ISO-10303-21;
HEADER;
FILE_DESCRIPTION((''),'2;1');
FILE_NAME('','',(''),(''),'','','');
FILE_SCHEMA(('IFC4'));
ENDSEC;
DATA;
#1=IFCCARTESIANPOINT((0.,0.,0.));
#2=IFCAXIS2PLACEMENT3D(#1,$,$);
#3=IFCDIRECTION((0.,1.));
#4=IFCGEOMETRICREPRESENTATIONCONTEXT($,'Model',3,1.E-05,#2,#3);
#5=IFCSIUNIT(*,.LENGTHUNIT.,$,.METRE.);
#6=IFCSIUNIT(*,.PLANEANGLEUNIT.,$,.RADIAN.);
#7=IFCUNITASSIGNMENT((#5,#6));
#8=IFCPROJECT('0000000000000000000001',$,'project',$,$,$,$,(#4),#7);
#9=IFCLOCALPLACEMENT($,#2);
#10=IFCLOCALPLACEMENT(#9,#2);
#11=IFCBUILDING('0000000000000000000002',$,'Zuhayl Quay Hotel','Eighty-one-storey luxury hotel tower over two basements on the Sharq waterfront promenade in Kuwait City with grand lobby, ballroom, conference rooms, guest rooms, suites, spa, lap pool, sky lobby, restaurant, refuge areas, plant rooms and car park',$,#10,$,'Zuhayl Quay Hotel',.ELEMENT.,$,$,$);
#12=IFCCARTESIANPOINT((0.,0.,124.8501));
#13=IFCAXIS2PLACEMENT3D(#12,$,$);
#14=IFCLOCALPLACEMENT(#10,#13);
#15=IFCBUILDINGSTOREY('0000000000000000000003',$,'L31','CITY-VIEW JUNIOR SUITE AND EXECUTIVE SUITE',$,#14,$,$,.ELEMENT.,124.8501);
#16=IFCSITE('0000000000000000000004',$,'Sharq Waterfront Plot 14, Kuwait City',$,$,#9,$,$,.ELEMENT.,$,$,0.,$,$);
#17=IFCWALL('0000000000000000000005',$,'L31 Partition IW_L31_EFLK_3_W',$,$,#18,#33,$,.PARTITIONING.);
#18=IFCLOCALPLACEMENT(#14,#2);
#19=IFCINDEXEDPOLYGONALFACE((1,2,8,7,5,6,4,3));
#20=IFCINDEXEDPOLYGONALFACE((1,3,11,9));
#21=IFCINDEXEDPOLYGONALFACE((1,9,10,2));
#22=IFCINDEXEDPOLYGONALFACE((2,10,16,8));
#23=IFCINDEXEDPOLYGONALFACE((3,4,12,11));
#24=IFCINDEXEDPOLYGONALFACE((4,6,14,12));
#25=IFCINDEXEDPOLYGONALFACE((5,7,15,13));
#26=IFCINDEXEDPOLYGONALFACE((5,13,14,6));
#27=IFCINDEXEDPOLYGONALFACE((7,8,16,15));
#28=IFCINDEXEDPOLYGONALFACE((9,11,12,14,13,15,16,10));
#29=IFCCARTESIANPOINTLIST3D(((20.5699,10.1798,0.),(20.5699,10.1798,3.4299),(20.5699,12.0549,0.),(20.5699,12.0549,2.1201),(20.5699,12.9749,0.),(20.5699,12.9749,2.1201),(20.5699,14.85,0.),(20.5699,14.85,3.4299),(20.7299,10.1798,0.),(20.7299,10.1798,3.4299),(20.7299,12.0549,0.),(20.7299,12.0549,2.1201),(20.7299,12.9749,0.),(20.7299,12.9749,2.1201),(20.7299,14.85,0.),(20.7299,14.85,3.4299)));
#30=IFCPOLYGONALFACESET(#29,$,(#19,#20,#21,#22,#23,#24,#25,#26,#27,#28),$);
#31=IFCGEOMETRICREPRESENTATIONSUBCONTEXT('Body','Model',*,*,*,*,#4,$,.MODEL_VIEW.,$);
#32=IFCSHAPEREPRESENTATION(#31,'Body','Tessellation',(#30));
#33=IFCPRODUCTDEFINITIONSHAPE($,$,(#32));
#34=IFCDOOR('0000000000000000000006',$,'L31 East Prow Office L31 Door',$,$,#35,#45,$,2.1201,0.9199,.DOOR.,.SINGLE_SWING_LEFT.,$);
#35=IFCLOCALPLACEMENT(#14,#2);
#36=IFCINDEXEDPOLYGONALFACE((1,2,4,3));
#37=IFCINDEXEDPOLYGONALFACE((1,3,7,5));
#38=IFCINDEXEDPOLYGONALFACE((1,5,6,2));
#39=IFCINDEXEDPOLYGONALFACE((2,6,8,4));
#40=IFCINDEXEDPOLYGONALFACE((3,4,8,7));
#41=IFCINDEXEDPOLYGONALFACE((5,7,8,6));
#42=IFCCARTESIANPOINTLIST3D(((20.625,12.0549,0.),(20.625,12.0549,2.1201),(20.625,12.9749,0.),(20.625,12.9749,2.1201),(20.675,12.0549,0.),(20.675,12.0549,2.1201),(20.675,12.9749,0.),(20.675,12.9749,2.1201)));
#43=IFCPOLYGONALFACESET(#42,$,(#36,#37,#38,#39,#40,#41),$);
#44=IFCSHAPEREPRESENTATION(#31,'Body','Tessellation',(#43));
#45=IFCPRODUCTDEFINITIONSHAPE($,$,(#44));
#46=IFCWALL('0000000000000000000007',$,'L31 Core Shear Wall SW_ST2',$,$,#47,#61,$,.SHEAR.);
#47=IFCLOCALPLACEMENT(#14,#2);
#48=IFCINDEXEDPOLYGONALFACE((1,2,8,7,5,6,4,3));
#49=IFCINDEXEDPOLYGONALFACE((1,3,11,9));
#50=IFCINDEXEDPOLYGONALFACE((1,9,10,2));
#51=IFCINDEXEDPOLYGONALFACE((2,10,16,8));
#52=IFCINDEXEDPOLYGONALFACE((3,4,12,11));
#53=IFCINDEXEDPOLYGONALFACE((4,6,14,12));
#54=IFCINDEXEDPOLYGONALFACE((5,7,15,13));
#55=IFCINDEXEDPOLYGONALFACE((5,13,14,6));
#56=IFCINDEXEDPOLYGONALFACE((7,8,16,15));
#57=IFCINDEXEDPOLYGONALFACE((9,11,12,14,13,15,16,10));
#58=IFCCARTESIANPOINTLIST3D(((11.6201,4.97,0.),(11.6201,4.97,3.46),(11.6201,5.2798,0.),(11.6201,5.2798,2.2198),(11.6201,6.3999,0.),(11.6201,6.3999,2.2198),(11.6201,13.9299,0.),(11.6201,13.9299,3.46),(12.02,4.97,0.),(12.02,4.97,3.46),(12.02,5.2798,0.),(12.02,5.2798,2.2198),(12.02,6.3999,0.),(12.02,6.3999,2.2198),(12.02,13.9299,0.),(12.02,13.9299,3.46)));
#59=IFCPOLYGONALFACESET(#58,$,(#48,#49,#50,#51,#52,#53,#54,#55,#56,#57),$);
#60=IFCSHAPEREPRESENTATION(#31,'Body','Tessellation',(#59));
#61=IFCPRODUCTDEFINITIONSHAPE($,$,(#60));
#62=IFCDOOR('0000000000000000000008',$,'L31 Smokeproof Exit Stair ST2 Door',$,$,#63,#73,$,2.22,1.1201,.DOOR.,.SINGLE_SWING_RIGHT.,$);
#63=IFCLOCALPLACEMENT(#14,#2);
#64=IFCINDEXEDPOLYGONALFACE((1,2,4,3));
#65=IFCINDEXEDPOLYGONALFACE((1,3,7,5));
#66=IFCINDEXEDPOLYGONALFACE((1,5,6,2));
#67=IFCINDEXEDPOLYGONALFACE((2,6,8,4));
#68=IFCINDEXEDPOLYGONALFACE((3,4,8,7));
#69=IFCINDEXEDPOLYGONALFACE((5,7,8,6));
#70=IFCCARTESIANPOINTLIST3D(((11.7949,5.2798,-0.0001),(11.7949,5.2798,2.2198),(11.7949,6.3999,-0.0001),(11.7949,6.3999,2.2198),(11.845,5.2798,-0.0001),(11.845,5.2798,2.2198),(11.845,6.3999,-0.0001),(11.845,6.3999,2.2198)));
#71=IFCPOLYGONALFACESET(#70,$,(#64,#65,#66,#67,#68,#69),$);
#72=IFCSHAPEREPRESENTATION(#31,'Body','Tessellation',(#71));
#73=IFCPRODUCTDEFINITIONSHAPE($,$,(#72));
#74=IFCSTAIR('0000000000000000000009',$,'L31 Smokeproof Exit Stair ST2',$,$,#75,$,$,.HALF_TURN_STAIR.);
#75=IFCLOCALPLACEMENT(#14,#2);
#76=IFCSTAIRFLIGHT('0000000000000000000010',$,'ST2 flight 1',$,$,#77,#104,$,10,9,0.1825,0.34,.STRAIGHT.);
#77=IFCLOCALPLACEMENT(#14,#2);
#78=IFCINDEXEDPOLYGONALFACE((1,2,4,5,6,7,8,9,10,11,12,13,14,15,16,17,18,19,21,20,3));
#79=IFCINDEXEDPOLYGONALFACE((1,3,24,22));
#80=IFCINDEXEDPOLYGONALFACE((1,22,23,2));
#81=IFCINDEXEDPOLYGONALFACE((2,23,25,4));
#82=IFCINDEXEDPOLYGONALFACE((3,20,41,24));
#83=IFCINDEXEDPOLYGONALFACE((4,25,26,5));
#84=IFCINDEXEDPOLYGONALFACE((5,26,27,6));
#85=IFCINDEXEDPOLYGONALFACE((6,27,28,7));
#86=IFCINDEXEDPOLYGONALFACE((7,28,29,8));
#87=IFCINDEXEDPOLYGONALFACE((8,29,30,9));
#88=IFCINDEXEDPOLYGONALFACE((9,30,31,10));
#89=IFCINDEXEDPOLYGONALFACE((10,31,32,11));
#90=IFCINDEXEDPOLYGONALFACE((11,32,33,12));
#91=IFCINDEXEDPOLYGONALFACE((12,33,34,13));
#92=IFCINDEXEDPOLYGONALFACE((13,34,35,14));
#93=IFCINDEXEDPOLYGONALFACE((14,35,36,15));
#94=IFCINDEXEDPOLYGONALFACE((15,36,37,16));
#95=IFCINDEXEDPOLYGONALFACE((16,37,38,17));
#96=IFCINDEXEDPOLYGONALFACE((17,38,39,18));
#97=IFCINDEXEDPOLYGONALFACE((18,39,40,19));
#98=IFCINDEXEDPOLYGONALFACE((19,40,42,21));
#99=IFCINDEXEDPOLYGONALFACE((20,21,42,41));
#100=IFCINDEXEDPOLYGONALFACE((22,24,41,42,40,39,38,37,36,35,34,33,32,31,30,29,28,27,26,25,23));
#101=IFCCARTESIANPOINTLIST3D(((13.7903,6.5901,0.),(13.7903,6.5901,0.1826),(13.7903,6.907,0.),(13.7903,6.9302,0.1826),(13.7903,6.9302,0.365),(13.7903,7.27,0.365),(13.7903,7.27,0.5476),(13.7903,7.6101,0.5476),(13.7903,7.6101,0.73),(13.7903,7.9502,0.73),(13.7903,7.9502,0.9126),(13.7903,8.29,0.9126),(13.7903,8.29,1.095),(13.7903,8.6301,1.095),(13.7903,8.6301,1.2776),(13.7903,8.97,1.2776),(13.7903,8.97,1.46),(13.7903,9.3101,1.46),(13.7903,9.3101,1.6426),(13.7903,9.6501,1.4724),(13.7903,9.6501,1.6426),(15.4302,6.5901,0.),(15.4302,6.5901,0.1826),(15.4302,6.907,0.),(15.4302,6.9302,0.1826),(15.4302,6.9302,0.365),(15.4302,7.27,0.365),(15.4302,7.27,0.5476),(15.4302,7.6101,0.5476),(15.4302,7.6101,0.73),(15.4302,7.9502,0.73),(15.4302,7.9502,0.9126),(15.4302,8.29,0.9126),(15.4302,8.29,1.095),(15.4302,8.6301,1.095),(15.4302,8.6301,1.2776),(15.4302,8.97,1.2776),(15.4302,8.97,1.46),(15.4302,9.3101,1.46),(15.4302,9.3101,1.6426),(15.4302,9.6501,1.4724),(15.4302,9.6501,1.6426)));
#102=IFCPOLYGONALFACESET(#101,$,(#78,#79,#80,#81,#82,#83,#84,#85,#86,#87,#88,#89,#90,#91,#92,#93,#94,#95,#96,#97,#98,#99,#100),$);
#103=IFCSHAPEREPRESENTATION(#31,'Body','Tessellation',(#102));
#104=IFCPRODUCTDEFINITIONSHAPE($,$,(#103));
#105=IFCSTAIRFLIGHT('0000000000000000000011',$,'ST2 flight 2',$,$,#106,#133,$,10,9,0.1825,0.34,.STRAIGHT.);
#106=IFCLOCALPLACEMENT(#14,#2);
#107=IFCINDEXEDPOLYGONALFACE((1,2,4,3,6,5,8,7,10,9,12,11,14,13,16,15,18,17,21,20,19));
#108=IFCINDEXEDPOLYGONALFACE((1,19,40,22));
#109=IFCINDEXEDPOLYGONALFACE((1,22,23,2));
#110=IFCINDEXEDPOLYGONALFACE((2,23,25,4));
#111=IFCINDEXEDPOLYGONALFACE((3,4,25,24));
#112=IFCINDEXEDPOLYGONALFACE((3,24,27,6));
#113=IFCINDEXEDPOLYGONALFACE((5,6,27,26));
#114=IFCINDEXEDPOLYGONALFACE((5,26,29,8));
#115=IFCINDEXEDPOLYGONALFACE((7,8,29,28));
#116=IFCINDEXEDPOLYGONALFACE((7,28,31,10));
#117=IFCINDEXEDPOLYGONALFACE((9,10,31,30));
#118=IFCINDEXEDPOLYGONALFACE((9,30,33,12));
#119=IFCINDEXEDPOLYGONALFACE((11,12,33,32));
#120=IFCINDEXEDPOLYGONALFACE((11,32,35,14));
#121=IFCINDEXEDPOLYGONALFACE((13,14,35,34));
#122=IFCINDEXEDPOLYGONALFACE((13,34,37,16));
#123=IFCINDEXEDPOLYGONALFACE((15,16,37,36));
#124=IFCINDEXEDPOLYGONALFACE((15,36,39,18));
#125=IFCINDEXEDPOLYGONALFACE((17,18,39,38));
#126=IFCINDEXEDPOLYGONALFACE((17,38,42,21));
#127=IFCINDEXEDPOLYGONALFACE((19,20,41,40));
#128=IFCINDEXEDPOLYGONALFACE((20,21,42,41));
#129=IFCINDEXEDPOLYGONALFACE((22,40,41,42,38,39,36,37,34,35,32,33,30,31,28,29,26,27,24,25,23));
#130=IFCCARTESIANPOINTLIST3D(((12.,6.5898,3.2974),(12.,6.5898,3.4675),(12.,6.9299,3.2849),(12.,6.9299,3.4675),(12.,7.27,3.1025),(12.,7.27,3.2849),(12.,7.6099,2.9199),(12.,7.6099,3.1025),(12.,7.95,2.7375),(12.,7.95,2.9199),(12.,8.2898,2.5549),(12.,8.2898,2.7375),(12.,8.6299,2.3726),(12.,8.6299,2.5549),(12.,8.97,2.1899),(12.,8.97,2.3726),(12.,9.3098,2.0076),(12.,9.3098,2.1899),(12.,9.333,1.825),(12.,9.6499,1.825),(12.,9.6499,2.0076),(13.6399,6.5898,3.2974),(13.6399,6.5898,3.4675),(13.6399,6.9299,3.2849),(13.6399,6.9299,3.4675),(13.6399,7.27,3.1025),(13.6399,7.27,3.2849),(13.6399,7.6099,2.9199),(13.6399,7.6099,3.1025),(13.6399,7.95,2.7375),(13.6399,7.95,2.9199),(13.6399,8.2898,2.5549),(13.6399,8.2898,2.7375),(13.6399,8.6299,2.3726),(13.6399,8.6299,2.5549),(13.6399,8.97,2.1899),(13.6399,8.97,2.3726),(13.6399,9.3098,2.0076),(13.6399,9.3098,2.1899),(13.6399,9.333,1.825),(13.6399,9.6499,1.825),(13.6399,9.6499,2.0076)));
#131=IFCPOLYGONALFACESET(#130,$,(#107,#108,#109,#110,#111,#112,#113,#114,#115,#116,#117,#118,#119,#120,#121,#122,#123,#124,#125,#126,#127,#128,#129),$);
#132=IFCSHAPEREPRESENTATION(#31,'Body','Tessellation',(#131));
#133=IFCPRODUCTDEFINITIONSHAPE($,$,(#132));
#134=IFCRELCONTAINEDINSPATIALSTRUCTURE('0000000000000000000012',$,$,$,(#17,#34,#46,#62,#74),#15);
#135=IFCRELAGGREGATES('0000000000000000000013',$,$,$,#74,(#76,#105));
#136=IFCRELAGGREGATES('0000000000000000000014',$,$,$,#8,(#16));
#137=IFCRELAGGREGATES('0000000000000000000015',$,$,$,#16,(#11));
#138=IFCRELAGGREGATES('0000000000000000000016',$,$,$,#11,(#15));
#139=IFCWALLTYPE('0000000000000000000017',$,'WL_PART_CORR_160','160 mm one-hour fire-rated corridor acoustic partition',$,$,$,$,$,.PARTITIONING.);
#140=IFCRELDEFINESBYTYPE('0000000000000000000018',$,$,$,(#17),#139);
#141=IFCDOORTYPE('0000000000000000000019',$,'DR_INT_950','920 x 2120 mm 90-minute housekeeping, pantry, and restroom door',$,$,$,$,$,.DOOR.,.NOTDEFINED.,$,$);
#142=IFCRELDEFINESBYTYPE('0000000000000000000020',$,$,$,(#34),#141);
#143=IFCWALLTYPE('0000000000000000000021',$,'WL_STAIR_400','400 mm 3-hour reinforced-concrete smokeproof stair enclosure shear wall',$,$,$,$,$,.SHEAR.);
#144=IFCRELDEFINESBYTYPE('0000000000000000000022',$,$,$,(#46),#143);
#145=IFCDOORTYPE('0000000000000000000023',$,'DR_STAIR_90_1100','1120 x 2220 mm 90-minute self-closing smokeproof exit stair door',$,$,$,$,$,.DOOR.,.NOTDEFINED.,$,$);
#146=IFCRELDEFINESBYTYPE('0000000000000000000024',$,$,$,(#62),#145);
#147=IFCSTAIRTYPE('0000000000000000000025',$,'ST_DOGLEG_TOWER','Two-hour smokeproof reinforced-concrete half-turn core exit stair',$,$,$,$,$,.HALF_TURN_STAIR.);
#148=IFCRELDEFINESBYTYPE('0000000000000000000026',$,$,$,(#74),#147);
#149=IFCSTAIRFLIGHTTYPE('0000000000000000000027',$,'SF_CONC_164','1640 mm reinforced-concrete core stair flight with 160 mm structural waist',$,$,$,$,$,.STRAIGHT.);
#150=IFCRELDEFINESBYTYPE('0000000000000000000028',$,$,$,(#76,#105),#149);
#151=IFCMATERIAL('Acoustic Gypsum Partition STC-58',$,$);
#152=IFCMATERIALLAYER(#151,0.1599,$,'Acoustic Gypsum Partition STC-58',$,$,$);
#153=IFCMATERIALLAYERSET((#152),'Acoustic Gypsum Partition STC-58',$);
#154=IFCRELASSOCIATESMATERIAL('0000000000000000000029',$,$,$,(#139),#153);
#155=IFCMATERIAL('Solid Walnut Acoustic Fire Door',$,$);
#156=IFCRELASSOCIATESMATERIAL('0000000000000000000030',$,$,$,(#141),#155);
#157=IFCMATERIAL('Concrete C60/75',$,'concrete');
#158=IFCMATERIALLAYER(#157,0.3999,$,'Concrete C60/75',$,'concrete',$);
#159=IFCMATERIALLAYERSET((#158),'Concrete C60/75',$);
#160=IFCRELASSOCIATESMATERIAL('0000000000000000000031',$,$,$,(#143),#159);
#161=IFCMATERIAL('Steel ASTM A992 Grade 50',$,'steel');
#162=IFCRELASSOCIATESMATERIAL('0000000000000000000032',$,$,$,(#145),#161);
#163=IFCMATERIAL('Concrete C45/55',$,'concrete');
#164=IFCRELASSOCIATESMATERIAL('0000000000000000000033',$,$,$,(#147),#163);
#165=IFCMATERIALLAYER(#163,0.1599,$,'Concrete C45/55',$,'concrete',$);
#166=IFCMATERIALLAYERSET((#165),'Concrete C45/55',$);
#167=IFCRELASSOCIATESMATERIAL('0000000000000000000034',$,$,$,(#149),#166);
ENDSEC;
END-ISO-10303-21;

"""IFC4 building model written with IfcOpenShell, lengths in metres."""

from ifc_helpers import new_model, si_unit, direction, frame, frame_2d, origin, place, context, subcontext, project, spatial, polyline, rectangle, outline, extrude, material, layer, layer_set, type_object, element, fill, aggregate, save


model = new_model("IFC4")

# Units and contexts
model_context = context("Model", 3, precision=1e-05, world=origin(), true_north=direction((0.0, 1.0)))
body_context = subcontext(model_context, "Body", "Model", "MODEL_VIEW")
ifc_project = project(units=[si_unit("LENGTHUNIT", "METRE"), si_unit("PLANEANGLEUNIT", "RADIAN")], contexts=[model_context])

# Site, building, storey
site_placement = place(None, origin())
site = spatial("IfcSite", under=ifc_project, at=site_placement, Name="Sharq Waterfront Plot 14, Kuwait City", CompositionType="ELEMENT", RefElevation=0.0)
building_placement = place(site_placement, origin())
building = spatial("IfcBuilding", under=site, at=building_placement, Name="Zuhayl Quay Hotel", Description="Eighty-one-storey luxury hotel tower over two basements on the Sharq waterfront promenade in Kuwait City with grand lobby, ballroom, conference rooms, guest rooms, suites, spa, lap pool, sky lobby, restaurant, refuge areas, plant rooms and car park", LongName="Zuhayl Quay Hotel", CompositionType="ELEMENT")
storey_placement = place(building_placement, frame((0.0, 0.0, 124.8501)))
storey = spatial("IfcBuildingStorey", under=building, at=storey_placement, Name="L31", Description="CITY-VIEW JUNIOR SUITE AND EXECUTIVE SUITE", CompositionType="ELEMENT", Elevation=124.8501)

# Shared definitions
ifc_material_1 = material(Name="Steel ASTM A992 Grade 50", Category="steel")

# Shared definitions
ifc_material_2 = material(Name="Concrete C60/75", Category="concrete")
ifc_material_3 = material(Name="Acoustic Gypsum Partition STC-58")

# Walls, openings, doors
ifc_layer_1 = layer(ifc_material_3, 0.1599, Name="Acoustic Gypsum Partition STC-58")
ifc_layer_set_1 = layer_set([ifc_layer_1], Name="Acoustic Gypsum Partition STC-58")
wall_type_1 = type_object("IfcWallType", Name="WL_PART_CORR_160", Description="160 mm one-hour fire-rated corridor acoustic partition", PredefinedType="PARTITIONING", material=ifc_layer_set_1)
ifc_material_4 = material(Name="Solid Walnut Acoustic Fire Door")
door_type_1 = type_object("IfcDoorType", Name="DR_INT_950", Description="920 x 2120 mm 90-minute housekeeping, pantry, and restroom door", OperationType="NOTDEFINED", PredefinedType="DOOR", material=ifc_material_4)
wall_1_placement = place(storey_placement, frame((20.6499, 10.1799, 0.0), z_axis=(0.0, 0.0, 1.0), x_axis=(0.0, 1.0, 0.0)))
wall_1 = element("IfcWall", 1, at=wall_1_placement, inside=storey, type_object=wall_type_1, Name="L31 Partition IW_L31_EFLK_3_W", PredefinedType="PARTITIONING", context=body_context, shape_type="SweptSolid", body=[
    extrude(rectangle(XDim=4.6702, YDim=0.1599, at=frame_2d((2.335, 0.0))), origin(), (0.0, 0.0, 1.0), 3.4299),
])
opening_1_placement = place(wall_1_placement, frame((1.875, 0.0, 0.0)))
opening_1 = element("IfcOpeningElement", 2, at=opening_1_placement, cuts=wall_1, PredefinedType="OPENING", context=body_context, shape_type="SweptSolid", body=[
    extrude(rectangle(XDim=0.9199, YDim=2.1201, at=frame_2d((0.46, 1.0601))), frame((0.0, 0.0898, 0.0), z_axis=(0.0, -1.0, 0.0), x_axis=(1.0, 0.0, 0.0)), (0.0, 0.0, 1.0), 0.1799),
])
door_1_placement = place(opening_1_placement, origin())
door_1 = element("IfcDoor", 3, at=door_1_placement, inside=storey, type_object=door_type_1, Name="L31 East Prow Office L31 Door", OperationType="SINGLE_SWING_LEFT", OverallHeight=2.1201, OverallWidth=0.9199, PredefinedType="DOOR", context=body_context, shape_type="SweptSolid", body=[
    extrude(rectangle(XDim=0.9199, YDim=2.1201, at=frame_2d((0.46, 1.0601))), frame((0.0, 0.0249, 0.0), z_axis=(0.0, -1.0, 0.0), x_axis=(1.0, 0.0, 0.0)), (0.0, 0.0, 1.0), 0.05),
])
fill(opening_1, door_1)
ifc_layer_2 = layer(ifc_material_2, 0.3999, Name="Concrete C60/75", Category="concrete")
ifc_layer_set_2 = layer_set([ifc_layer_2], Name="Concrete C60/75")
wall_type_2 = type_object("IfcWallType", Name="WL_STAIR_400", Description="400 mm 3-hour reinforced-concrete smokeproof stair enclosure shear wall", PredefinedType="SHEAR", material=ifc_layer_set_2)
wall_2_placement = place(storey_placement, frame((11.8201, 13.9299, 0.0), z_axis=(0.0, 0.0, 1.0), x_axis=(0.0, -1.0, 0.0)))
wall_2 = element("IfcWall", 4, at=wall_2_placement, inside=storey, type_object=wall_type_2, Name="L31 Core Shear Wall SW_ST2", PredefinedType="SHEAR", context=body_context, shape_type="SweptSolid", body=[
    extrude(rectangle(XDim=8.96, YDim=0.3999, at=frame_2d((4.48, 0.0))), origin(), (0.0, 0.0, 1.0), 3.46),
])
opening_2_placement = place(wall_2_placement, frame((7.53, 0.0, 0.0)))
opening_2 = element("IfcOpeningElement", 5, at=opening_2_placement, cuts=wall_2, PredefinedType="OPENING", context=body_context, shape_type="SweptSolid", body=[
    extrude(rectangle(XDim=1.1201, YDim=2.22, at=frame_2d((0.5601, 1.1099))), frame((0.0, 0.21, 0.0), z_axis=(0.0, -1.0, 0.0), x_axis=(1.0, 0.0, 0.0)), (0.0, 0.0, 1.0), 0.4199),
])
door_type_2 = type_object("IfcDoorType", Name="DR_STAIR_90_1100", Description="1120 x 2220 mm 90-minute self-closing smokeproof exit stair door", OperationType="NOTDEFINED", PredefinedType="DOOR", material=ifc_material_1)
door_2_placement = place(opening_2_placement, origin())
door_2 = element("IfcDoor", 6, at=door_2_placement, inside=storey, type_object=door_type_2, Name="L31 Smokeproof Exit Stair ST2 Door", OperationType="SINGLE_SWING_RIGHT", OverallHeight=2.22, OverallWidth=1.1201, PredefinedType="DOOR", context=body_context, shape_type="SweptSolid", body=[
    extrude(rectangle(XDim=1.1201, YDim=2.22, at=frame_2d((0.5601, 1.1099))), frame((0.0, 0.0249, 0.0), z_axis=(0.0, -1.0, 0.0), x_axis=(1.0, 0.0, 0.0)), (0.0, 0.0, 1.0), 0.05),
])
fill(opening_2, door_2)

# Stair, stair flights
ifc_material_5 = material(Name="Concrete C45/55", Category="concrete")
stair_type = type_object("IfcStairType", Name="ST_DOGLEG_TOWER", Description="Two-hour smokeproof reinforced-concrete half-turn core exit stair", PredefinedType="HALF_TURN_STAIR", material=ifc_material_5)
stair_placement = place(storey_placement, origin())
stair = element("IfcStair", 7, at=stair_placement, inside=storey, type_object=stair_type, Name="L31 Smokeproof Exit Stair ST2", PredefinedType="HALF_TURN_STAIR")
ifc_layer_3 = layer(ifc_material_5, 0.1599, Name="Concrete C45/55", Category="concrete")
ifc_layer_set_3 = layer_set([ifc_layer_3], Name="Concrete C45/55")
stair_flight_type = type_object("IfcStairFlightType", Name="SF_CONC_164", Description="1640 mm reinforced-concrete core stair flight with 160 mm structural waist", PredefinedType="STRAIGHT", material=ifc_layer_set_3)
stair_flight_1_placement = place(storey_placement, frame((14.6101, 6.5901, 0.0), z_axis=(0.0, 0.0, 1.0), x_axis=(0.0, 1.0, 0.0)))
stair_flight_1 = element("IfcStairFlight", 8, at=stair_flight_1_placement, type_object=stair_flight_type, Name="ST2 flight 1", NumberOfRisers=10, NumberOfTreads=9, PredefinedType="STRAIGHT", RiserHeight=0.1825, TreadLength=0.34, context=body_context, shape_type="SweptSolid", body=[
    extrude(outline(polyline([(0.0, 0.0), (0.0, 0.1826), (0.3401, 0.1826), (0.3401, 0.365), (0.6799, 0.365), (0.6799, 0.5476), (1.02, 0.5476), (1.02, 0.73), (1.3601, 0.73), (1.3601, 0.9126), (1.7, 0.9126), (1.7, 1.095), (2.04, 1.095), (2.04, 1.2776), (2.3799, 1.2776), (2.3799, 1.46), (2.72, 1.46), (2.72, 1.6426), (3.0601, 1.6426), (3.0601, 1.825), (3.0601, 1.4724), (0.3169, 0.0), (0.0, 0.0)])), frame((0.0, 0.8198, 0.0), z_axis=(0.0, -1.0, 0.0), x_axis=(1.0, 0.0, 0.0)), (0.0, 0.0, 1.0), 1.6399),
])
stair_flight_2_placement = place(storey_placement, frame((12.8201, 9.6499, 1.825), z_axis=(0.0, 0.0, 1.0), x_axis=(0.0, -1.0, 0.0)))
stair_flight_2 = element("IfcStairFlight", 9, at=stair_flight_2_placement, type_object=stair_flight_type, Name="ST2 flight 2", NumberOfRisers=10, NumberOfTreads=9, PredefinedType="STRAIGHT", RiserHeight=0.1825, TreadLength=0.34, context=body_context, shape_type="SweptSolid", body=[
    extrude(outline(polyline([(0.0, 0.0), (0.0, 0.1826), (0.3401, 0.1826), (0.3401, 0.365), (0.6799, 0.365), (0.6799, 0.5476), (1.02, 0.5476), (1.02, 0.73), (1.3601, 0.73), (1.3601, 0.9126), (1.7, 0.9126), (1.7, 1.095), (2.04, 1.095), (2.04, 1.2776), (2.3799, 1.2776), (2.3799, 1.46), (2.72, 1.46), (2.72, 1.6426), (3.0601, 1.6426), (3.0601, 1.825), (3.0601, 1.4724), (0.3169, 0.0), (0.0, 0.0)])), frame((0.0, 0.8198, 0.0), z_axis=(0.0, -1.0, 0.0), x_axis=(1.0, 0.0, 0.0)), (0.0, 0.0, 1.0), 1.6399),
])
aggregate(stair, [stair_flight_1, stair_flight_2])

save(model, "model.ifc")
